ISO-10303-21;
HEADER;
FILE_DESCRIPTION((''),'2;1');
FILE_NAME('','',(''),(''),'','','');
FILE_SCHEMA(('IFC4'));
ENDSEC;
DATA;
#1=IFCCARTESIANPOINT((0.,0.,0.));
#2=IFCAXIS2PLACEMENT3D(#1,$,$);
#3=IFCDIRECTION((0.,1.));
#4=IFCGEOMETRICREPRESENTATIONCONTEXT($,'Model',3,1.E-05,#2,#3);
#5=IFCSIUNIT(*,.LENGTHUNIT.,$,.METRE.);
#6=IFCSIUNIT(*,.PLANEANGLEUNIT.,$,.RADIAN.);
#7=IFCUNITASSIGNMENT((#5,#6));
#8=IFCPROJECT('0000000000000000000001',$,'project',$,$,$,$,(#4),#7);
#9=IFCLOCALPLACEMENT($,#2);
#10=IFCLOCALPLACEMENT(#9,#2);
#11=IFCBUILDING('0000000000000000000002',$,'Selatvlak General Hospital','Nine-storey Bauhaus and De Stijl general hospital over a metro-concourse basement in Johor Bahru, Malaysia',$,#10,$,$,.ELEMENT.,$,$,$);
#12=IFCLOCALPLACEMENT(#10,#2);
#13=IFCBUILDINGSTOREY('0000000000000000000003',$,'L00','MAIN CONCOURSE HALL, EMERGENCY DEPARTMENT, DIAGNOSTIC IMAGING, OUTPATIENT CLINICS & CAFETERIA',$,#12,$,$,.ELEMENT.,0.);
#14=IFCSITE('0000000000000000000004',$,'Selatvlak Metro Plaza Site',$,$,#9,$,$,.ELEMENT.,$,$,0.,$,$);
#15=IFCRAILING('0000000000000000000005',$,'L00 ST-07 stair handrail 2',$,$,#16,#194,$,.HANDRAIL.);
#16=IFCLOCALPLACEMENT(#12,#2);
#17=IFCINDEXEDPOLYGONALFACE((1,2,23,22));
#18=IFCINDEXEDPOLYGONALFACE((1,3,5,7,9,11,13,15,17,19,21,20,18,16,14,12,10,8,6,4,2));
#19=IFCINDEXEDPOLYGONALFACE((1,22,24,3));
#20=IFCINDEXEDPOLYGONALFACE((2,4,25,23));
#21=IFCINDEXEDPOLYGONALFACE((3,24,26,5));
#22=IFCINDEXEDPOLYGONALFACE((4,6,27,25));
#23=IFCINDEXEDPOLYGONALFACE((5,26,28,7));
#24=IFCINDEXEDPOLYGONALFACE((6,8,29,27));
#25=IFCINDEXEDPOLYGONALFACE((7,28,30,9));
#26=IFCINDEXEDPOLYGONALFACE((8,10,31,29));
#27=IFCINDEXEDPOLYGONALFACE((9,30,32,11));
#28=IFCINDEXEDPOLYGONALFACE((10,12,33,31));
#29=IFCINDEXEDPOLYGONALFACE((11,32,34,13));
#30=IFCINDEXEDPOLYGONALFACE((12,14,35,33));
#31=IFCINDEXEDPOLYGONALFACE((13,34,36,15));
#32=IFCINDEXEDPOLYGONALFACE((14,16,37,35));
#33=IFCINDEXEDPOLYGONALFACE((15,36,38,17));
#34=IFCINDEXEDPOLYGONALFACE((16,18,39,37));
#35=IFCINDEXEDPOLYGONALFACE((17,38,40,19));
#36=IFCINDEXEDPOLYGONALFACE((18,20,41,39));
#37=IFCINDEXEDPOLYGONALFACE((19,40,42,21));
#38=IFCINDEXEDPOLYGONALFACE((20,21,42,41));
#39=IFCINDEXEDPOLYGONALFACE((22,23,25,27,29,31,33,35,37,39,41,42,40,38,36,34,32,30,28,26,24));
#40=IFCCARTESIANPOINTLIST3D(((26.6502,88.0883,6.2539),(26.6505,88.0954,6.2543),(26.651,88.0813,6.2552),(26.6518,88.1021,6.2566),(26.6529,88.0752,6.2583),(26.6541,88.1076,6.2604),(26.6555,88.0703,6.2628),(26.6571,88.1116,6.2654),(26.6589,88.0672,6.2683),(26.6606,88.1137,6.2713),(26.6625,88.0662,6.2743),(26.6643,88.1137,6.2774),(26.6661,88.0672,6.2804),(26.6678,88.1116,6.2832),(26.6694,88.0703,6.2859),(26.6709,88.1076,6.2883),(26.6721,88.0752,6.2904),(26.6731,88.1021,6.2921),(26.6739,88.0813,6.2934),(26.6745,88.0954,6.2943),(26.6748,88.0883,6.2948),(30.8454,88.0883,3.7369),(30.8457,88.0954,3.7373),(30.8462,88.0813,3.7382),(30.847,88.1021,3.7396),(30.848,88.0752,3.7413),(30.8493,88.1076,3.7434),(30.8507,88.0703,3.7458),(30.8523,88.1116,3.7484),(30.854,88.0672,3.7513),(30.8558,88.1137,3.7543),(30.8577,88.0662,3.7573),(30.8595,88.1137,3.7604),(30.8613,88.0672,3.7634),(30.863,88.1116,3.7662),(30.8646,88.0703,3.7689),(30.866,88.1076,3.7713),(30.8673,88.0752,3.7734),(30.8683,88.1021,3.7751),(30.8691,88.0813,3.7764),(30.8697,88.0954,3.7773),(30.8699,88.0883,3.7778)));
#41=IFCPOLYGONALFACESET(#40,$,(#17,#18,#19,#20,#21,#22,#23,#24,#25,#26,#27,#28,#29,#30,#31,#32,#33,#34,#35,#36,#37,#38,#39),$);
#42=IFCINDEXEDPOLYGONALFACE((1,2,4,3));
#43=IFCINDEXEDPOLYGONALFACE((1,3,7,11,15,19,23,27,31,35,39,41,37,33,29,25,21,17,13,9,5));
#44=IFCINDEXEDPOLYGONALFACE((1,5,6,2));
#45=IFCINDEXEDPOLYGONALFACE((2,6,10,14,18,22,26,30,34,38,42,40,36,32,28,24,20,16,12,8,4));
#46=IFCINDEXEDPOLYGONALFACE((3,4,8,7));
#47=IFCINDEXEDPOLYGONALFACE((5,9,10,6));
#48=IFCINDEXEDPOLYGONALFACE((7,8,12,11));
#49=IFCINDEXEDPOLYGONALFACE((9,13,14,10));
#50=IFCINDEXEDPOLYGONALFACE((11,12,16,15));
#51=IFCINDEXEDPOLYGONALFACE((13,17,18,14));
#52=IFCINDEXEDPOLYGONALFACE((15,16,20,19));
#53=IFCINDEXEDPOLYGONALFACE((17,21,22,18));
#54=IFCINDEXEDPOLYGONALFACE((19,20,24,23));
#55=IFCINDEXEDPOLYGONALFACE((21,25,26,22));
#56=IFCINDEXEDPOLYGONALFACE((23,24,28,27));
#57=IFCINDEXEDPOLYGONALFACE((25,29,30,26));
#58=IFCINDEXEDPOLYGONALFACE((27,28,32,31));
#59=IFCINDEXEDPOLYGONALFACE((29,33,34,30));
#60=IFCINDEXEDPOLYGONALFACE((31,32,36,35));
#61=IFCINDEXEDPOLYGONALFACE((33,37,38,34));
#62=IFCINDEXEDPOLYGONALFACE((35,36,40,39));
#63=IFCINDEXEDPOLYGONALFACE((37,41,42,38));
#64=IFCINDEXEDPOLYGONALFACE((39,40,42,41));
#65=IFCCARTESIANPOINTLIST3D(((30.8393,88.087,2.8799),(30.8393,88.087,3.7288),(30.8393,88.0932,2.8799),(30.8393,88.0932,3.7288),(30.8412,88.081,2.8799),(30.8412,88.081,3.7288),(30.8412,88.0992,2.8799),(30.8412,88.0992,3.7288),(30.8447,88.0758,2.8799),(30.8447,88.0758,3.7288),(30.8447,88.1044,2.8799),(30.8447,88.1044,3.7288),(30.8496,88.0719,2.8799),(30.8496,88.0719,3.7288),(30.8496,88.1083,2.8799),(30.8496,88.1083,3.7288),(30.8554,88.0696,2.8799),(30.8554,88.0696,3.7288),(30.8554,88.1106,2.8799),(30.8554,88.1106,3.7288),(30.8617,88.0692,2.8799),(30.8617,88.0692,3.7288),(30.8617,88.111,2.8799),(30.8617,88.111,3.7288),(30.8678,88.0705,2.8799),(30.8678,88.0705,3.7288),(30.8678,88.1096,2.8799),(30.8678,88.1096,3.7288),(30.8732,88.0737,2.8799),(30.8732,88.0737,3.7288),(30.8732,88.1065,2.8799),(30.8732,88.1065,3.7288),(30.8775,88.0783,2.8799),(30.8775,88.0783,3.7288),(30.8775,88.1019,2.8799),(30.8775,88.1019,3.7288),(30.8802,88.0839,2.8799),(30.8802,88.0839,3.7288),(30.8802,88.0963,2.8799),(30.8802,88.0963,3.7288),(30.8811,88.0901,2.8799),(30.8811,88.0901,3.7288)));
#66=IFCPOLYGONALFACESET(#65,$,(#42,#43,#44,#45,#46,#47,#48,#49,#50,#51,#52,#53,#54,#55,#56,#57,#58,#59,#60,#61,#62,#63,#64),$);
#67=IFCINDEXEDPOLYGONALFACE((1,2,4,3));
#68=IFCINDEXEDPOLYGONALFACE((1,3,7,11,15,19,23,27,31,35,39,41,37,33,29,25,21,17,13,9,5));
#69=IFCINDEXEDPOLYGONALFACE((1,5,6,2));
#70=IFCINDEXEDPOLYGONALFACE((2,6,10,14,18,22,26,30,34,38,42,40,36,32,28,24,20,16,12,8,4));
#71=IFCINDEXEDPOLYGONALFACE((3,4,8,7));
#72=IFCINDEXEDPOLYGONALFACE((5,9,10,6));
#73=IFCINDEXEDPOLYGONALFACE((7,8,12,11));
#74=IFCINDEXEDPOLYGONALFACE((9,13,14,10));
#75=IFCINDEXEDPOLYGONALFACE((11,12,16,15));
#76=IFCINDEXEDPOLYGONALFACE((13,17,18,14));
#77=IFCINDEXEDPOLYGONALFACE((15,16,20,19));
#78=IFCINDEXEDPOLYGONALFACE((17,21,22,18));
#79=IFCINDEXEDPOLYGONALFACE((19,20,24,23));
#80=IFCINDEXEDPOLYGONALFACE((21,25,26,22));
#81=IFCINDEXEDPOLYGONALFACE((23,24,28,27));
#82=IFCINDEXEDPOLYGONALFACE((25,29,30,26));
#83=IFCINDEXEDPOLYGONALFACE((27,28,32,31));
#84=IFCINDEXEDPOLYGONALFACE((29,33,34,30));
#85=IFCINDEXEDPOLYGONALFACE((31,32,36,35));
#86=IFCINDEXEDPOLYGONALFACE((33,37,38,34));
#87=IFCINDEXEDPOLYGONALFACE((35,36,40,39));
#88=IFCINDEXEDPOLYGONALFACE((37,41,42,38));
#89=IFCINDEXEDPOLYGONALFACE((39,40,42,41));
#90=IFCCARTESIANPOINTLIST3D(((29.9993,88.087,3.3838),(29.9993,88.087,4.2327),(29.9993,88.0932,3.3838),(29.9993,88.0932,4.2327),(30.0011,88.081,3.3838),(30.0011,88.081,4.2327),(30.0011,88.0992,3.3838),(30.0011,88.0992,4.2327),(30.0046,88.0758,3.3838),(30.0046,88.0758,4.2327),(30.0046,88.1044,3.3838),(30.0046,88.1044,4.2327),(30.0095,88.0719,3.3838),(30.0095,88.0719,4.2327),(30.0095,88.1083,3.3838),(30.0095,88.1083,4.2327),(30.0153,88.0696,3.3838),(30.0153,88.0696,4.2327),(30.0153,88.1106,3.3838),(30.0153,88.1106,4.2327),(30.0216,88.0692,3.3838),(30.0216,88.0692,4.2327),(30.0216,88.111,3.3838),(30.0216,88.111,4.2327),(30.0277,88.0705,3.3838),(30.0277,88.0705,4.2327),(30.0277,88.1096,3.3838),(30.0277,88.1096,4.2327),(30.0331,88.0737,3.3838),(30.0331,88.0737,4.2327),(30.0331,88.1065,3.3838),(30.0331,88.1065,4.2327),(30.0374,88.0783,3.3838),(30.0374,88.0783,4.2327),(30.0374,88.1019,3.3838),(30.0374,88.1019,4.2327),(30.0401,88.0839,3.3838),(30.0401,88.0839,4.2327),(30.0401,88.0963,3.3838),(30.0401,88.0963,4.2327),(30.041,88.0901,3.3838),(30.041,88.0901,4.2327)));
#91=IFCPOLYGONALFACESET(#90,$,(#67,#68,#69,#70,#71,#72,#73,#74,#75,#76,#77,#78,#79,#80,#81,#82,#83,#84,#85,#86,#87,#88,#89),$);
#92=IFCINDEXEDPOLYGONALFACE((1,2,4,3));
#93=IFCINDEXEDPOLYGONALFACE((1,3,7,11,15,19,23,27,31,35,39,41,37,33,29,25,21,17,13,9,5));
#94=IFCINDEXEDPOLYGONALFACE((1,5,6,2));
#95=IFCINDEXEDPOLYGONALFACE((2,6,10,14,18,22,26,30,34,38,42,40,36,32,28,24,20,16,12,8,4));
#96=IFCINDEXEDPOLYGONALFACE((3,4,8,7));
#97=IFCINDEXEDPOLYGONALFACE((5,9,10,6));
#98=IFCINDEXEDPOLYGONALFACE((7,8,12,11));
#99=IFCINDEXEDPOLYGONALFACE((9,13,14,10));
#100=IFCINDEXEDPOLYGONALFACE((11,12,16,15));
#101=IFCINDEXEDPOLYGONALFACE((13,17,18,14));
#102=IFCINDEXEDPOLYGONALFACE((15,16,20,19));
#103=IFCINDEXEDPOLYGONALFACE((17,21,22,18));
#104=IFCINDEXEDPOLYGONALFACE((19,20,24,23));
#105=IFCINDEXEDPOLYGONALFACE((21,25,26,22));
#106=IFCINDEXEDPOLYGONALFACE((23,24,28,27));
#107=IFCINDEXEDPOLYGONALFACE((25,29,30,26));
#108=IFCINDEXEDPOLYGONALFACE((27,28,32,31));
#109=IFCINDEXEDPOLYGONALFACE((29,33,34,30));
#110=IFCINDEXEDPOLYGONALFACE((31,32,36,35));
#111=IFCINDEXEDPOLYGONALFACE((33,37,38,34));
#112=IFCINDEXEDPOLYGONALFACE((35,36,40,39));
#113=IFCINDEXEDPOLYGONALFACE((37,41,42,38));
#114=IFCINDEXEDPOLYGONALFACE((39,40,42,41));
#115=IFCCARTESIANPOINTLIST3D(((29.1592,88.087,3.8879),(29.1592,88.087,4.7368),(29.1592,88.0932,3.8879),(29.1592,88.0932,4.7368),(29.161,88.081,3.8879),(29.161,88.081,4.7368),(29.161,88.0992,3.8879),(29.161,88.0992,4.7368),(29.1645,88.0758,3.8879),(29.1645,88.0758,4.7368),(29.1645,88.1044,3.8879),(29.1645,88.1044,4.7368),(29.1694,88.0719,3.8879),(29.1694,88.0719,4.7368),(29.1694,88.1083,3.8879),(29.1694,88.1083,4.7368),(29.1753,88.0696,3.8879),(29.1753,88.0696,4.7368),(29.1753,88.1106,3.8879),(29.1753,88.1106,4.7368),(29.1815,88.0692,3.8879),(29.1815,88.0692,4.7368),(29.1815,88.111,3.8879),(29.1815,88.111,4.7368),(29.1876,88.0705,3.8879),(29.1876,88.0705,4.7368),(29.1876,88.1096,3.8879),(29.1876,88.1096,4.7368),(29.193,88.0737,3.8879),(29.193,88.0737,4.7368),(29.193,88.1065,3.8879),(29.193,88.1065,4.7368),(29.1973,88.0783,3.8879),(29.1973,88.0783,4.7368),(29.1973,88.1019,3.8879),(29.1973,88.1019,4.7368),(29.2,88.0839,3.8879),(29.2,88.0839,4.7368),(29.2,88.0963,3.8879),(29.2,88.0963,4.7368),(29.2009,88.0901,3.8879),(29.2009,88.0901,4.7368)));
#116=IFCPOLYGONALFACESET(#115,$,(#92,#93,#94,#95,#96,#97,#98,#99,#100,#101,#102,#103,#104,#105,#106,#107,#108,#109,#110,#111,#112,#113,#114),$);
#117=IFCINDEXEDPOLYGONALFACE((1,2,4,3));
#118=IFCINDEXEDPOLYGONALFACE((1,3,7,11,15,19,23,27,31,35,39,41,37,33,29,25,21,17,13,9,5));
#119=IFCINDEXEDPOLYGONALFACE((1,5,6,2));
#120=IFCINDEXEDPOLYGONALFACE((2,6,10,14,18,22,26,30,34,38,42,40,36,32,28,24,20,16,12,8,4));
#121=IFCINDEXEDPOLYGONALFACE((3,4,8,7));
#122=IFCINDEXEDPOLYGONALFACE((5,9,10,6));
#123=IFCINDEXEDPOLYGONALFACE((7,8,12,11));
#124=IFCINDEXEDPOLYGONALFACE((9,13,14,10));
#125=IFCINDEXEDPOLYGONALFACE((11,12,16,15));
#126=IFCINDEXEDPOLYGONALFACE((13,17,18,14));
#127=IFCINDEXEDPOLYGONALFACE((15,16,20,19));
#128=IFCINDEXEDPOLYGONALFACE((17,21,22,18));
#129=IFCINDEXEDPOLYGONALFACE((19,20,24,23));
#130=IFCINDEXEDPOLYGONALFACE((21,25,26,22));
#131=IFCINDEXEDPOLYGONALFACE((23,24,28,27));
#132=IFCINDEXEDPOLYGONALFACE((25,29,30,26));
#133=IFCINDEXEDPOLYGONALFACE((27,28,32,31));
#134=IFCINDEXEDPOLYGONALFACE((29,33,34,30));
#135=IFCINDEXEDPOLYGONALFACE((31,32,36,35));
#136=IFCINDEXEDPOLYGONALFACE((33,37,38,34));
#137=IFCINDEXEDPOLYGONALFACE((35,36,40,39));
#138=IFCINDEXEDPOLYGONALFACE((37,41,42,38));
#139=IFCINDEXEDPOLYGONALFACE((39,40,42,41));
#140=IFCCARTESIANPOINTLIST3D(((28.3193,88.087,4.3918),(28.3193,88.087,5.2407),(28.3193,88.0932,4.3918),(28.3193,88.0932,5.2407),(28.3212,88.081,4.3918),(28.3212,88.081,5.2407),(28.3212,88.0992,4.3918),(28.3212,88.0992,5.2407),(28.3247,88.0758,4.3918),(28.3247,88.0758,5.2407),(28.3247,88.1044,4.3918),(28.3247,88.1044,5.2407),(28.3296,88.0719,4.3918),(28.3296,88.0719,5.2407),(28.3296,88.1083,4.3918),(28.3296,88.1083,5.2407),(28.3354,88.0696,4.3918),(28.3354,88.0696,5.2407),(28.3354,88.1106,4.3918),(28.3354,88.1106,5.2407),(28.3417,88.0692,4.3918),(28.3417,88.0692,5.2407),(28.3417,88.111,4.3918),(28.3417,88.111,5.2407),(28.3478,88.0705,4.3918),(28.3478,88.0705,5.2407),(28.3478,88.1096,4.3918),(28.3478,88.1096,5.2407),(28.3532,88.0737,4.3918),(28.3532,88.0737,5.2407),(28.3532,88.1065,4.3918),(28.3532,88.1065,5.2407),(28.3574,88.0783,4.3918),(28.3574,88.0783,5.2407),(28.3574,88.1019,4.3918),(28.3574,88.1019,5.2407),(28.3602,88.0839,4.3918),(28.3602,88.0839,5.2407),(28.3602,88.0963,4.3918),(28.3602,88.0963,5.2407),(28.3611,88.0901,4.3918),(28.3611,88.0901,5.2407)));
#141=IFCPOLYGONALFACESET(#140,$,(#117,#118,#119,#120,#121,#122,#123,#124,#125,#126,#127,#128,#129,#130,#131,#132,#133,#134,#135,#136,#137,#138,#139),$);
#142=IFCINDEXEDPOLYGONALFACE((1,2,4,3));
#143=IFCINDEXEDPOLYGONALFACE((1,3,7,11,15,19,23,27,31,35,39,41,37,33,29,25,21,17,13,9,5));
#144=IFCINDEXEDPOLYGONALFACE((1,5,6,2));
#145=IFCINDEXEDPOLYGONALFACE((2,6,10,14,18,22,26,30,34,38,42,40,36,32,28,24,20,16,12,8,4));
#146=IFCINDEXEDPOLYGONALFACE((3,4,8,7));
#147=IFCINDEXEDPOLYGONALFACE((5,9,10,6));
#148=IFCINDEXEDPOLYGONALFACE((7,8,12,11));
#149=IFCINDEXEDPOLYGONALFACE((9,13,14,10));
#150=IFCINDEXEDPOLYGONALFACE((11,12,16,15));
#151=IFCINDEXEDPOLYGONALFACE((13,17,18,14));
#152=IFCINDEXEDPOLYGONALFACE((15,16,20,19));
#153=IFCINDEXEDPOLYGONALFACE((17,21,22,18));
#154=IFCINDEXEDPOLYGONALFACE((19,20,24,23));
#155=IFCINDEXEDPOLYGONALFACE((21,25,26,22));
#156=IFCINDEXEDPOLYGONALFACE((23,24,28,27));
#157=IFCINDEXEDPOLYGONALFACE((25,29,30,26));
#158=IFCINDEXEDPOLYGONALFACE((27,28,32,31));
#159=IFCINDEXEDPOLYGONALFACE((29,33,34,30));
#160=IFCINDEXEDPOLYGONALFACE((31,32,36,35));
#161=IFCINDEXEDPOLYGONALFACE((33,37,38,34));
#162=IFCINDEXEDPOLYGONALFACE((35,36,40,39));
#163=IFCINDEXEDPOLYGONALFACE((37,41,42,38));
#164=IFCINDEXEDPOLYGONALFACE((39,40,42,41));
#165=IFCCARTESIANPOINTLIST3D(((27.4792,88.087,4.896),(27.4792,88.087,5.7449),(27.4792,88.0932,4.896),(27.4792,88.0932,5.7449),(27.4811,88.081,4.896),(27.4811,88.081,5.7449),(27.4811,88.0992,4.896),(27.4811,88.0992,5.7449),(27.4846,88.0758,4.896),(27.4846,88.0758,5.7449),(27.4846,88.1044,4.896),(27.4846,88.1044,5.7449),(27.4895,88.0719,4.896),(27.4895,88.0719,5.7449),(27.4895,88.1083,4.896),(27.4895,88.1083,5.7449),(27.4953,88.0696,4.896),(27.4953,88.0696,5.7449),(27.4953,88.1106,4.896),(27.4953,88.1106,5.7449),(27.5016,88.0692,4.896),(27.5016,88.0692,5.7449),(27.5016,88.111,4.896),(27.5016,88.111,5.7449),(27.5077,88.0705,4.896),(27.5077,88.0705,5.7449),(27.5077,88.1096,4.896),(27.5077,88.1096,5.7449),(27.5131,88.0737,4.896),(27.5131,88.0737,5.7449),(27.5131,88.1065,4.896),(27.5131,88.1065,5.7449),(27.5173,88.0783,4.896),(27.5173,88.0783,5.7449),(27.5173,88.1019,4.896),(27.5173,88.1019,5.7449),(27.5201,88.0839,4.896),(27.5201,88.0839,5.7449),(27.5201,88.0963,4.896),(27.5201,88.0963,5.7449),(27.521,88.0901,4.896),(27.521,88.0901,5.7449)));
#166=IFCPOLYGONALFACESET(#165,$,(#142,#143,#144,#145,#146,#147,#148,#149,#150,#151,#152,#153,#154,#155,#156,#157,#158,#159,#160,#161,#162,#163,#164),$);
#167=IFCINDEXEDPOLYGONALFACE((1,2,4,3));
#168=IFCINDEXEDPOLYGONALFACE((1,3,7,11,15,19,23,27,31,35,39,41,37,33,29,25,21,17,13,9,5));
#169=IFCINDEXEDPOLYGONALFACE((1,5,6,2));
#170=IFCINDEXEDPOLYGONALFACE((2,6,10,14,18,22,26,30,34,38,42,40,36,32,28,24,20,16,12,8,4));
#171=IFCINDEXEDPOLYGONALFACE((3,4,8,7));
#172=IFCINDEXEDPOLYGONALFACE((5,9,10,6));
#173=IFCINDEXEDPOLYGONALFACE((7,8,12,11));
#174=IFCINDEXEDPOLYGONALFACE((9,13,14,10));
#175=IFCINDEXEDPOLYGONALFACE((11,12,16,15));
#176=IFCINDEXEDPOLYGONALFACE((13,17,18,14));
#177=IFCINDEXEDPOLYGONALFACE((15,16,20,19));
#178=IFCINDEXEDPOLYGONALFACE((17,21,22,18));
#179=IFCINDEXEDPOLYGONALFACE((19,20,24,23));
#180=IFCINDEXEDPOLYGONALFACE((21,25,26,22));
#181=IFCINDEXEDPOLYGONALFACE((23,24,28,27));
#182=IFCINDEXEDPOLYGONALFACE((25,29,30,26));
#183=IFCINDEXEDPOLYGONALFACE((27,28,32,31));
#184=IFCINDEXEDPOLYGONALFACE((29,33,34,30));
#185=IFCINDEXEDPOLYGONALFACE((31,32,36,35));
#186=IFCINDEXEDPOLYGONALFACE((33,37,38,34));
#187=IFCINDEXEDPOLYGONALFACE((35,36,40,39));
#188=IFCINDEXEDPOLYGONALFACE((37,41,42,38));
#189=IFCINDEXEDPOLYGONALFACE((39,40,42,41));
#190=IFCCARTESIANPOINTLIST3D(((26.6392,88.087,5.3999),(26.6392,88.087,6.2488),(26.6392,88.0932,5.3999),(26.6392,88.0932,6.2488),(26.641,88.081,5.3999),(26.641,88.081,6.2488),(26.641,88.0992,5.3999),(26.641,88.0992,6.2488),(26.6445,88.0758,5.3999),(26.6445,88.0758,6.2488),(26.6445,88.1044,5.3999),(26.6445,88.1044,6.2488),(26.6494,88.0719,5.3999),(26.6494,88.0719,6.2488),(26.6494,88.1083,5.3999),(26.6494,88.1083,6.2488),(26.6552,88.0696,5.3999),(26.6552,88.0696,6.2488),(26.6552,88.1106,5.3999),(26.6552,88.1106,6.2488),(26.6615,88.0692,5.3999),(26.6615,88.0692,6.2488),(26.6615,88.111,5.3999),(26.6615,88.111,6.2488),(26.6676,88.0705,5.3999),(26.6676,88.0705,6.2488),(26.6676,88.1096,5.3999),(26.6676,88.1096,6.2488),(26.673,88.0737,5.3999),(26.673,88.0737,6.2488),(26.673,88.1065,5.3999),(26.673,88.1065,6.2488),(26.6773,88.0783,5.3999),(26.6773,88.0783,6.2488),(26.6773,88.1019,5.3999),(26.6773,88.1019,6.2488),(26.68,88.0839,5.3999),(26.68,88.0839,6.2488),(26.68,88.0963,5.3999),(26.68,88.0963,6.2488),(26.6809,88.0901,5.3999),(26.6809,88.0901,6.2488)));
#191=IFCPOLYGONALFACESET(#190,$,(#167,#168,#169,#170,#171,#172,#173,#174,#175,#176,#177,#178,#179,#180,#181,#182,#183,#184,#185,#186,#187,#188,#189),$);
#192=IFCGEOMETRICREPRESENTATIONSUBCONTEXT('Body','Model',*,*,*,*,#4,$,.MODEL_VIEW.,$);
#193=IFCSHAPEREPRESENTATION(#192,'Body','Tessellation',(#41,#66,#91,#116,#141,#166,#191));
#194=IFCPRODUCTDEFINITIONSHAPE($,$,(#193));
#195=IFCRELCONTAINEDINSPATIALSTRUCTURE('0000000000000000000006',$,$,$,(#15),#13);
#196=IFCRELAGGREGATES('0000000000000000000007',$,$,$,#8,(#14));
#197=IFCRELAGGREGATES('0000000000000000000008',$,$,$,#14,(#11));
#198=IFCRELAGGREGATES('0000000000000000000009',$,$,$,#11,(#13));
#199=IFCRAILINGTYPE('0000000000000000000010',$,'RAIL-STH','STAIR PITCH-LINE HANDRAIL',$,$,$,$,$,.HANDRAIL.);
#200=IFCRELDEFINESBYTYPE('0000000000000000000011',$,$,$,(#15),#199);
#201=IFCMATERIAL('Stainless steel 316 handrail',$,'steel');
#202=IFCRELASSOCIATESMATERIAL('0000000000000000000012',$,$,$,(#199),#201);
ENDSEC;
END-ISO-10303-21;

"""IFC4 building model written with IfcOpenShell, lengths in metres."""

from ifc_helpers import new_model, si_unit, direction, frame, origin, origin_2d, place, context, subcontext, project, spatial, circle, extrude, material, type_object, element, save


model = new_model("IFC4")

# Units and contexts
model_context = context("Model", 3, precision=1e-05, world=origin(), true_north=direction((0.0, 1.0)))
body_context = subcontext(model_context, "Body", "Model", "MODEL_VIEW")
ifc_project = project(units=[si_unit("LENGTHUNIT", "METRE"), si_unit("PLANEANGLEUNIT", "RADIAN")], contexts=[model_context])

# Site, building, storey
site_placement = place(None, origin())
site = spatial("IfcSite", under=ifc_project, at=site_placement, Name="Selatvlak Metro Plaza Site", CompositionType="ELEMENT", RefElevation=0.0)
building_placement = place(site_placement, origin())
building = spatial("IfcBuilding", under=site, at=building_placement, Name="Selatvlak General Hospital", Description="Nine-storey Bauhaus and De Stijl general hospital over a metro-concourse basement in Johor Bahru, Malaysia", CompositionType="ELEMENT")
storey_placement = place(building_placement, origin())
storey = spatial("IfcBuildingStorey", under=building, at=storey_placement, Name="L00", Description="MAIN CONCOURSE HALL, EMERGENCY DEPARTMENT, DIAGNOSTIC IMAGING, OUTPATIENT CLINICS & CAFETERIA", CompositionType="ELEMENT", Elevation=0.0)

# Railing
ifc_material_1 = material(Name="Stainless steel 316 handrail", Category="steel")
railing_type_1 = type_object("IfcRailingType", Name="RAIL-STH", Description="STAIR PITCH-LINE HANDRAIL", PredefinedType="HANDRAIL", material=ifc_material_1)
railing_1_placement = place(storey_placement, frame((30.8601, 88.0901, 2.8799)))
element("IfcRailing", 1, at=railing_1_placement, inside=storey, type_object=railing_type_1, Name="L00 ST-07 stair handrail 2", PredefinedType="HANDRAIL", context=body_context, shape_type="SweptSolid", body=[
    extrude(circle(Radius=0.0239, at=origin_2d()), frame((-0.0024, 0.0, 0.8774), z_axis=(-0.857502, 0.0, 0.514481), x_axis=(0.0, -1.0, 0.0)), (0.0, 0.0, 1.0), 4.8923),
    extrude(circle(Radius=0.021, at=origin_2d()), origin(), (0.0, 0.0, 1.0), 0.8489),
    extrude(circle(Radius=0.021, at=origin_2d()), frame((-0.8401, 0.0, 0.5039)), (0.0, 0.0, 1.0), 0.8489),
    extrude(circle(Radius=0.021, at=origin_2d()), frame((-1.6802, 0.0, 1.0081)), (0.0, 0.0, 1.0), 0.8489),
    extrude(circle(Radius=0.021, at=origin_2d()), frame((-2.52, 0.0, 1.512)), (0.0, 0.0, 1.0), 0.8489),
    extrude(circle(Radius=0.021, at=origin_2d()), frame((-3.3601, 0.0, 2.0161)), (0.0, 0.0, 1.0), 0.8489),
    extrude(circle(Radius=0.021, at=origin_2d()), frame((-4.2002, 0.0, 2.52)), (0.0, 0.0, 1.0), 0.8489),
])

save(model, "model.ifc")
